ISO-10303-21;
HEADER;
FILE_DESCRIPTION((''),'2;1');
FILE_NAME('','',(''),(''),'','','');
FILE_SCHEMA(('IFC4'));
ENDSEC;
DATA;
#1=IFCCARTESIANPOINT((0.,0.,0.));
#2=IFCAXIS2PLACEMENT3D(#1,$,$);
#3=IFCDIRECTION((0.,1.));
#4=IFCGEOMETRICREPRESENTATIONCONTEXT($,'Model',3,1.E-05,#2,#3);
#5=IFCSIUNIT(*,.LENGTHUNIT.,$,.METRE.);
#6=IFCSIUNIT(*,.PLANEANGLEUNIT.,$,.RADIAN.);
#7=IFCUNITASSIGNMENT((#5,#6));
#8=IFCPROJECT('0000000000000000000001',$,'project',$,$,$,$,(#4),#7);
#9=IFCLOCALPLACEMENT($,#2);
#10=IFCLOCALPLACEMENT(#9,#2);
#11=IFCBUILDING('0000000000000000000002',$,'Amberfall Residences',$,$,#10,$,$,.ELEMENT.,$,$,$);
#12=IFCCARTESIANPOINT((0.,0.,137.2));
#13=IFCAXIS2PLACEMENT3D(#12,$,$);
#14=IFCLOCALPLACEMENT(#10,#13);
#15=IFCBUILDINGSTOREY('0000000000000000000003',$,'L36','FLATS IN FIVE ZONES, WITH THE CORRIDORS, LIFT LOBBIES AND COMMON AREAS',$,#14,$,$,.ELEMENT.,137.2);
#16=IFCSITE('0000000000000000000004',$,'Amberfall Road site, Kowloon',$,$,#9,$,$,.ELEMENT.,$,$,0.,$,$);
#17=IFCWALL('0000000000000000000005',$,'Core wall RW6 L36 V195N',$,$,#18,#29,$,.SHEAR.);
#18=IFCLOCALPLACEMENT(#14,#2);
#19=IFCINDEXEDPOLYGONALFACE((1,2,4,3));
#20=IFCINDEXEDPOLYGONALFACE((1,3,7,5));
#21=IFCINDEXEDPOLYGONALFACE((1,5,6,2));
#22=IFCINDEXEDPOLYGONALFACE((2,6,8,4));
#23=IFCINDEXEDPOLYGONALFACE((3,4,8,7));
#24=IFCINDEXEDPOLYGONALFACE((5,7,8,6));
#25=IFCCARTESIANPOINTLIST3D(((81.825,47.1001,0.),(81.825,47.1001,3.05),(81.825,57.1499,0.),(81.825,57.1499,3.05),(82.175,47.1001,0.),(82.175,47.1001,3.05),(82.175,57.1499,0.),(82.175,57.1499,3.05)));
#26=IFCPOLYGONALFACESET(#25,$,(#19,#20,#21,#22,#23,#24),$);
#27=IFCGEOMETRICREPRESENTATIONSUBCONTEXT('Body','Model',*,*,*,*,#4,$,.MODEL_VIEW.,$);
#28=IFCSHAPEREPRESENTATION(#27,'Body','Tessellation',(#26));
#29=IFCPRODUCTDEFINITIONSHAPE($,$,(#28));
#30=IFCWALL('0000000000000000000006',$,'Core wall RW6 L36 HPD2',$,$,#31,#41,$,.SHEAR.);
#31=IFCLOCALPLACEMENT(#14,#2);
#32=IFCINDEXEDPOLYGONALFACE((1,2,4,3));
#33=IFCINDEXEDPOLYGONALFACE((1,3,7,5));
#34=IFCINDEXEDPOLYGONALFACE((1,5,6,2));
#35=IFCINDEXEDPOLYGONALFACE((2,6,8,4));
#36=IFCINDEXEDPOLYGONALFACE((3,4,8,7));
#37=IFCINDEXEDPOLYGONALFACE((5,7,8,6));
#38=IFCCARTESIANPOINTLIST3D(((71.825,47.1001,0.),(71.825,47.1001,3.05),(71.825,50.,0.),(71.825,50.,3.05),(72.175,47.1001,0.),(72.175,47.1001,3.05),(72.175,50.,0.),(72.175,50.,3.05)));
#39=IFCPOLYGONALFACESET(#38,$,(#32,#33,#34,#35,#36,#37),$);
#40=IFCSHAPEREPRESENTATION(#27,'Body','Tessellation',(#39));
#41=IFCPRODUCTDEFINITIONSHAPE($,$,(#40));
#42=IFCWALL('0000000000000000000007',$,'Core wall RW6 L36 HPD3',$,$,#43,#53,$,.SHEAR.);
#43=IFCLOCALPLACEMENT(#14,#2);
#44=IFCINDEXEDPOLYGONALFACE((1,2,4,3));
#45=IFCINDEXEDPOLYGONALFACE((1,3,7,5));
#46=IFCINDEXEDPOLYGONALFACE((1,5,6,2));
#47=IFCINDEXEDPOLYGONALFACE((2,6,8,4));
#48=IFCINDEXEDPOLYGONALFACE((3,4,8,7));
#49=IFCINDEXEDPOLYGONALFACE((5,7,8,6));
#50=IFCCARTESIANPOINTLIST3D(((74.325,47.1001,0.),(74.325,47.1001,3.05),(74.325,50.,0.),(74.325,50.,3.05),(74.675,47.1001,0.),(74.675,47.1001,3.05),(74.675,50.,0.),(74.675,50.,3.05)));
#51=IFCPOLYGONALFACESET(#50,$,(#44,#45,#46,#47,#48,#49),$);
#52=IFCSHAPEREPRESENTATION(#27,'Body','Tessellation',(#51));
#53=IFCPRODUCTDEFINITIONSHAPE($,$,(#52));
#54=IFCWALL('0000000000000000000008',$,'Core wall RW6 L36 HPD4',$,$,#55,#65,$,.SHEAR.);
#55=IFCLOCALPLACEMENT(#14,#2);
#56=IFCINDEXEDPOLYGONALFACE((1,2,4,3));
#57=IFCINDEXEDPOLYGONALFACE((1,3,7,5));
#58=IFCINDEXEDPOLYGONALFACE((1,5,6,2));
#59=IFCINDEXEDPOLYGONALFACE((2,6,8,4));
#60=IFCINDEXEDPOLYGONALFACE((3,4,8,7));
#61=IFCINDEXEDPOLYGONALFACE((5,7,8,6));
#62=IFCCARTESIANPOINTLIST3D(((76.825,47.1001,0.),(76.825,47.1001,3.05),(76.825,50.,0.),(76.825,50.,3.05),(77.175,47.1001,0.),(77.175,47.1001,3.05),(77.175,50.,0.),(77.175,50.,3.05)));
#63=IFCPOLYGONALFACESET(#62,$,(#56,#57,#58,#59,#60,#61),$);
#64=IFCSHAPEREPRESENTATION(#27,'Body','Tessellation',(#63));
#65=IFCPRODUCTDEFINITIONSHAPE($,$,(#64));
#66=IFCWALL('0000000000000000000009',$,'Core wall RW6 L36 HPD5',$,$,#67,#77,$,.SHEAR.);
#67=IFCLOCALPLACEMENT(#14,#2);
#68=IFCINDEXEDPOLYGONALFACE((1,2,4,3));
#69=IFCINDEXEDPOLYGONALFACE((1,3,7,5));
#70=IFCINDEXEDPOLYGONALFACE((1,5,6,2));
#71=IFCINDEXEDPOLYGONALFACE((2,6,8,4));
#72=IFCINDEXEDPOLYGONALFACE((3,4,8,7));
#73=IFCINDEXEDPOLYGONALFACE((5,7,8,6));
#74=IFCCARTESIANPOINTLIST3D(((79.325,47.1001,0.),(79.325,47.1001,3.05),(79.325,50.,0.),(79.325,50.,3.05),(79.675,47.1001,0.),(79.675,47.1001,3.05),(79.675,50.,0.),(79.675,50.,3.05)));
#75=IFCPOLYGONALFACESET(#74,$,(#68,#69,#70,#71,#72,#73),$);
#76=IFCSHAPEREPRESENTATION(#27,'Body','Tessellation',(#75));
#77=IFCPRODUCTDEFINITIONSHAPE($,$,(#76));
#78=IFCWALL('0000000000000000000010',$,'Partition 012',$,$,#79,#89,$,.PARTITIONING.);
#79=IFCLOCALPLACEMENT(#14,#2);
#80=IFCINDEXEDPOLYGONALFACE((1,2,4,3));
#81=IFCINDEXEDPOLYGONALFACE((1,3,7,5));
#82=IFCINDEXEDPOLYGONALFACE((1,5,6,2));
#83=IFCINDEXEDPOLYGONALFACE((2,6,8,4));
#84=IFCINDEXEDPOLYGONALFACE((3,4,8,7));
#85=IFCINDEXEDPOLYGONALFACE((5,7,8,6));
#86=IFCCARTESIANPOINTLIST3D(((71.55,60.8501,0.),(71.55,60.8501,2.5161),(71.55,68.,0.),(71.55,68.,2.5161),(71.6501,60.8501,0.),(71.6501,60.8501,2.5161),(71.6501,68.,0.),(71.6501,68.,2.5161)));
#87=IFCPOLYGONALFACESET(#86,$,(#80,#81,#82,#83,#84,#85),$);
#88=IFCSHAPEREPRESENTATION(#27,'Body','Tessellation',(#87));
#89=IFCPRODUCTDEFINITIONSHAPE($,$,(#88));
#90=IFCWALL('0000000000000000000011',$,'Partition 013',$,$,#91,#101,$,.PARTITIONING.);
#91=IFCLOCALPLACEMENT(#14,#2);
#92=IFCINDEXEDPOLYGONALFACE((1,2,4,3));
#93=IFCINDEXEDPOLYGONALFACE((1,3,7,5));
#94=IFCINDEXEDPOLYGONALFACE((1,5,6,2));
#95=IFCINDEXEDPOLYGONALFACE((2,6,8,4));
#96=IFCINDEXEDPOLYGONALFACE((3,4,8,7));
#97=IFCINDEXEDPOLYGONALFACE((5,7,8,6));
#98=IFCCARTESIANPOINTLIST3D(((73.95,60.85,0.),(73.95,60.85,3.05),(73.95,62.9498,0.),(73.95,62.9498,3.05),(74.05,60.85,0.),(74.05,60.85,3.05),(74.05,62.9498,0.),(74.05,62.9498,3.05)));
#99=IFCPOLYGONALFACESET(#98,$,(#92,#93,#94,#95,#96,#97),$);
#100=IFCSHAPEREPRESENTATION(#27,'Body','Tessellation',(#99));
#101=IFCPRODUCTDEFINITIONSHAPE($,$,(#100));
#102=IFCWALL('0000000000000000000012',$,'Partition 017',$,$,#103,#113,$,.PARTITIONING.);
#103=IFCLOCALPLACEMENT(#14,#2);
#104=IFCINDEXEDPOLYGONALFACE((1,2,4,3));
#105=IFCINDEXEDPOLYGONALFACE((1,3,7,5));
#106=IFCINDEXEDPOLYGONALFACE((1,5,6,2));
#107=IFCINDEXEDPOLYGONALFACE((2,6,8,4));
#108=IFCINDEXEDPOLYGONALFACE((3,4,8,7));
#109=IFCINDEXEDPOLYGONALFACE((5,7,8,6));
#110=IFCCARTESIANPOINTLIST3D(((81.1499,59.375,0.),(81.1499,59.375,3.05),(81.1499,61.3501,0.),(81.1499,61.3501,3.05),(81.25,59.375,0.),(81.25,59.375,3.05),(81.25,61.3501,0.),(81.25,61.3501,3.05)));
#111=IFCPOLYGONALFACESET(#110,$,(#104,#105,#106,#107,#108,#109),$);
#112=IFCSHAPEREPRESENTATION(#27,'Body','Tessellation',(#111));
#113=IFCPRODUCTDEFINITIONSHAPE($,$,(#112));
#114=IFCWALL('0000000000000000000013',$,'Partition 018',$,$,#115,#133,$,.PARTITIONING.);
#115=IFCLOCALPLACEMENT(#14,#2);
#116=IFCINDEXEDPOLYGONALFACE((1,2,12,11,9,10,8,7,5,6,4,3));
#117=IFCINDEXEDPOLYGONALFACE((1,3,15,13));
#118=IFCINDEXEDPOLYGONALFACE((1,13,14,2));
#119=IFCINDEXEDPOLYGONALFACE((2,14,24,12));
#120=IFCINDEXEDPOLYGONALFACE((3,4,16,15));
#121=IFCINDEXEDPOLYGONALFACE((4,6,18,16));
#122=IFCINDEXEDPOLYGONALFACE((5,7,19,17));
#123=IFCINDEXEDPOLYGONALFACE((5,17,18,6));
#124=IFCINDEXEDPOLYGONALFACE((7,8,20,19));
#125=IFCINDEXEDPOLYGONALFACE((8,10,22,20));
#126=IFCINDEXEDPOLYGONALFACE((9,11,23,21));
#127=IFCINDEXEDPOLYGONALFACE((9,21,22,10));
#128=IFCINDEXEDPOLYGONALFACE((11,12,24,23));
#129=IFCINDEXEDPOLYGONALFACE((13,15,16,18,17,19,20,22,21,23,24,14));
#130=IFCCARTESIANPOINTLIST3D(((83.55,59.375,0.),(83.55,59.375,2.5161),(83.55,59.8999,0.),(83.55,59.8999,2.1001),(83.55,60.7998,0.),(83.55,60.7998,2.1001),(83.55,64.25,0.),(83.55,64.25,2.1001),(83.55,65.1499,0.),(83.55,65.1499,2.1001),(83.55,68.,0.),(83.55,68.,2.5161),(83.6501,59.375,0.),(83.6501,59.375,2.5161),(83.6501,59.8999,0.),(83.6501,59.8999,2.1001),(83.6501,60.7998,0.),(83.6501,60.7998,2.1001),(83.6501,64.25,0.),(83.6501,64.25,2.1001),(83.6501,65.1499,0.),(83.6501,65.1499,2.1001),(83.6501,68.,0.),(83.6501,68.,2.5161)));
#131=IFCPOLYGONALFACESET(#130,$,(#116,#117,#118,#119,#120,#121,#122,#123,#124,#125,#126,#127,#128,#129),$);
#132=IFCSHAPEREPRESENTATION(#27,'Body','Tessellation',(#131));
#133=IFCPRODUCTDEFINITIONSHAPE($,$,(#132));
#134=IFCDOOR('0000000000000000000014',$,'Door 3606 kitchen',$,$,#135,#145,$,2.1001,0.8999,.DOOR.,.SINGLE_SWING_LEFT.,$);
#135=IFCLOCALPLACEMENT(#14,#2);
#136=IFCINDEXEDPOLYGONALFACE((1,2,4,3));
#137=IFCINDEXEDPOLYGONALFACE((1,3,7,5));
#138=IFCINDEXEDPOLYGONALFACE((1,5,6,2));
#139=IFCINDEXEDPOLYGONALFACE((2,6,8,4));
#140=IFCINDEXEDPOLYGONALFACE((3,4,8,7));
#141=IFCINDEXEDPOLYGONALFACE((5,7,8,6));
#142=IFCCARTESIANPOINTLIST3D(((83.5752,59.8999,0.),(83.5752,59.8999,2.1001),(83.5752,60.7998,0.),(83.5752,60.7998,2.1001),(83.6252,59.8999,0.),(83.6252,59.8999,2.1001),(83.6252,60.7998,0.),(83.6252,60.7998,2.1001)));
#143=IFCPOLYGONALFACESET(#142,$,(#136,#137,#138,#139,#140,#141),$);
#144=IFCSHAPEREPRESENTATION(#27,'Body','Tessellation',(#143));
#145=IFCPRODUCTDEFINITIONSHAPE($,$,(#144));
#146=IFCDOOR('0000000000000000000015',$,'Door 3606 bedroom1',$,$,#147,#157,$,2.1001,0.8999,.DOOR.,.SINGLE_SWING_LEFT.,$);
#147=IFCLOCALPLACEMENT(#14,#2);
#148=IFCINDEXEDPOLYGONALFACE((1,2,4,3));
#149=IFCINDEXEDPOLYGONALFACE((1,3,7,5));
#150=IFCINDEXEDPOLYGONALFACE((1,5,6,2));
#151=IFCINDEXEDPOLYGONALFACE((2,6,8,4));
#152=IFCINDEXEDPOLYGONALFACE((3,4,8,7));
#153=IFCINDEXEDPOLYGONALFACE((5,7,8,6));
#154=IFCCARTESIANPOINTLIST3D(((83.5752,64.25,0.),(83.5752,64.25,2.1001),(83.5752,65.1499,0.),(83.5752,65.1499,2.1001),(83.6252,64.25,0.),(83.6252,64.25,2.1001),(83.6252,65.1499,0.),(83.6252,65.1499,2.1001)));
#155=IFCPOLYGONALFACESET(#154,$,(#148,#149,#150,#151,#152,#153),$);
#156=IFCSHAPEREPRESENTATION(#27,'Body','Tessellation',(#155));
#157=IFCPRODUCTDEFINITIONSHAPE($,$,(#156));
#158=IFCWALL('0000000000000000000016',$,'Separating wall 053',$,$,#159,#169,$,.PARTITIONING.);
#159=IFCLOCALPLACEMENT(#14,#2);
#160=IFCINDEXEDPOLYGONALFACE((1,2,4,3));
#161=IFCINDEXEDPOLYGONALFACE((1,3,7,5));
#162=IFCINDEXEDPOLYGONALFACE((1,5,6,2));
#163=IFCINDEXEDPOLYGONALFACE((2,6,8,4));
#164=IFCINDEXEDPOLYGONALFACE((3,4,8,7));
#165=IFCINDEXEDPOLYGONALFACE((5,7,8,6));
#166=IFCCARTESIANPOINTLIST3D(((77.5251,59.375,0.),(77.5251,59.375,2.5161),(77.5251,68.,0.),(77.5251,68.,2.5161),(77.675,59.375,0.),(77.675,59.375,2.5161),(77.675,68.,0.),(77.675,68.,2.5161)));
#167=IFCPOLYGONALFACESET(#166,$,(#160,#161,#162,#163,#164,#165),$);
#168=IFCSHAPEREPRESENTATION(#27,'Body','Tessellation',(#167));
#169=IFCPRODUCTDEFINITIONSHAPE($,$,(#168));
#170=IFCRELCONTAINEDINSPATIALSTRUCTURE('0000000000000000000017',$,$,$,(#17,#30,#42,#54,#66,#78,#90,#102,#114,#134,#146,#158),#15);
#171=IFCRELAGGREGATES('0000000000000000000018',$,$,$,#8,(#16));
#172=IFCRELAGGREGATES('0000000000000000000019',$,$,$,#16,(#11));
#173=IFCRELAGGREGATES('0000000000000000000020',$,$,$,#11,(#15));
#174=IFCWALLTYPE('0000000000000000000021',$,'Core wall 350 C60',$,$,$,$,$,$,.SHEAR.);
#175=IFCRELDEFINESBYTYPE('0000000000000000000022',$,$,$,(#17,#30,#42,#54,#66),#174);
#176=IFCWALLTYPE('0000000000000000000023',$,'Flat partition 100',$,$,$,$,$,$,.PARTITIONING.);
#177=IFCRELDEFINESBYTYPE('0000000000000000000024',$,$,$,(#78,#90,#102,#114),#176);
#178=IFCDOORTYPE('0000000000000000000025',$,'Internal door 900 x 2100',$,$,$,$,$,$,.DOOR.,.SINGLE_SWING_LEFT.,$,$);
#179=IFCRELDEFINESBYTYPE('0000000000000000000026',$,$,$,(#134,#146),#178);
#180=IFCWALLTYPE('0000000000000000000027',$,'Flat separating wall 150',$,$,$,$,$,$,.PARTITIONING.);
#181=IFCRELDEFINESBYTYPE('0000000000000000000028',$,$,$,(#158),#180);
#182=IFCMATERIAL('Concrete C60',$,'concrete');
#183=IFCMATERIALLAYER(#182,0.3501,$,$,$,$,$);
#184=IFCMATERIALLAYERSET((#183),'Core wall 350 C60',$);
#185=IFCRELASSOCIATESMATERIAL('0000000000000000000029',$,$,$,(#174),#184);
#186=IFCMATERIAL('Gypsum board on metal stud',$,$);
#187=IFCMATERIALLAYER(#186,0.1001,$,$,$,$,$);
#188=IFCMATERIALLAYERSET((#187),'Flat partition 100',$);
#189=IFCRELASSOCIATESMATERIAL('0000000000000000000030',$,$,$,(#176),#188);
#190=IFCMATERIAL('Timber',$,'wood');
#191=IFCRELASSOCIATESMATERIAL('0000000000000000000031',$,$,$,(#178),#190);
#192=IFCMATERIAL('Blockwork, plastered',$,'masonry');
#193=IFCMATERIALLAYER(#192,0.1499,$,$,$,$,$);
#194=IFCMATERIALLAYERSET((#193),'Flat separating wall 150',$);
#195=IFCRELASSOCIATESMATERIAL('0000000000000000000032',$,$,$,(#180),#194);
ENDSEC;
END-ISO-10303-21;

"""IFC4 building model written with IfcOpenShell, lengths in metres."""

from ifc_helpers import new_model, si_unit, direction, frame, frame_2d, origin, place, context, subcontext, project, spatial, rectangle, extrude, material, layer, layer_set, type_object, element, fill, save


model = new_model("IFC4")

# Units and contexts
model_context = context("Model", 3, precision=1e-05, world=origin(), true_north=direction((0.0, 1.0)))
body_context = subcontext(model_context, "Body", "Model", "MODEL_VIEW")
ifc_project = project(units=[si_unit("LENGTHUNIT", "METRE"), si_unit("PLANEANGLEUNIT", "RADIAN")], contexts=[model_context])

# Site, building, storey
site_placement = place(None, origin())
site = spatial("IfcSite", under=ifc_project, at=site_placement, Name="Amberfall Road site, Kowloon", CompositionType="ELEMENT", RefElevation=0.0)
building_placement = place(site_placement, origin())
building = spatial("IfcBuilding", under=site, at=building_placement, Name="Amberfall Residences", CompositionType="ELEMENT")
storey_placement = place(building_placement, frame((0.0, 0.0, 137.2)))
storey = spatial("IfcBuildingStorey", under=building, at=storey_placement, Name="L36", Description="FLATS IN FIVE ZONES, WITH THE CORRIDORS, LIFT LOBBIES AND COMMON AREAS", CompositionType="ELEMENT", Elevation=137.2)

# Walls
ifc_material_1 = material(Name="Concrete C60", Category="concrete")
ifc_layer_1 = layer(ifc_material_1, 0.3501)
ifc_layer_set_1 = layer_set([ifc_layer_1], Name="Core wall 350 C60")
wall_type_1 = type_object("IfcWallType", Name="Core wall 350 C60", PredefinedType="SHEAR", material=ifc_layer_set_1)
wall_1_placement = place(storey_placement, frame((82.0, 47.1001, 0.0), z_axis=(0.0, 0.0, 1.0), x_axis=(0.0, 1.0, 0.0)))
element("IfcWall", 1, at=wall_1_placement, inside=storey, type_object=wall_type_1, Name="Core wall RW6 L36 V195N", PredefinedType="SHEAR", context=body_context, shape_type="SweptSolid", body=[
    extrude(rectangle(XDim=10.0498, YDim=0.3501, at=frame_2d((5.0249, 0.0))), origin(), (0.0, 0.0, 1.0), 3.05),
])
for number, where, z_axis, x_axis, name in (
    (2, (72.0, 47.1001, 0.0), (0.0, 0.0, 1.0), (0.0, 1.0, 0.0), "Core wall RW6 L36 HPD2"),
    (3, (74.5, 47.1001, 0.0), (0.0, 0.0, 1.0), (0.0, 1.0, 0.0), "Core wall RW6 L36 HPD3"),
    (4, (77.0, 47.1001, 0.0), (0.0, 0.0, 1.0), (0.0, 1.0, 0.0), "Core wall RW6 L36 HPD4"),
    (5, (79.5, 47.1001, 0.0), (0.0, 0.0, 1.0), (0.0, 1.0, 0.0), "Core wall RW6 L36 HPD5"),
):
    element("IfcWall", number, at=place(storey_placement, frame(where, z_axis=z_axis, x_axis=x_axis)), inside=storey, type_object=wall_type_1, Name=name, PredefinedType="SHEAR", context=body_context, shape_type="SweptSolid", body=[
        extrude(rectangle(XDim=2.8999, YDim=0.3501, at=frame_2d((1.45, 0.0))), origin(), (0.0, 0.0, 1.0), 3.05),
    ])
ifc_material_2 = material(Name="Gypsum board on metal stud")
ifc_layer_2 = layer(ifc_material_2, 0.1001)
ifc_layer_set_2 = layer_set([ifc_layer_2], Name="Flat partition 100")
wall_type_2 = type_object("IfcWallType", Name="Flat partition 100", PredefinedType="PARTITIONING", material=ifc_layer_set_2)
wall_2_placement = place(storey_placement, frame((71.6001, 60.8501, 0.0), z_axis=(0.0, 0.0, 1.0), x_axis=(0.0, 1.0, 0.0)))
element("IfcWall", 6, at=wall_2_placement, inside=storey, type_object=wall_type_2, Name="Partition 012", PredefinedType="PARTITIONING", context=body_context, shape_type="SweptSolid", body=[
    extrude(rectangle(XDim=7.1499, YDim=0.1001, at=frame_2d((3.575, 0.0))), origin(), (0.0, 0.0, 1.0), 2.5161),
])
wall_3_placement = place(storey_placement, frame((74.0, 60.8501, 0.0), z_axis=(0.0, 0.0, 1.0), x_axis=(0.0, 1.0, 0.0)))
element("IfcWall", 7, at=wall_3_placement, inside=storey, type_object=wall_type_2, Name="Partition 013", PredefinedType="PARTITIONING", context=body_context, shape_type="SweptSolid", body=[
    extrude(rectangle(XDim=2.0999, YDim=0.1001, at=frame_2d((1.0498, 0.0))), origin(), (0.0, 0.0, 1.0), 3.05),
])
wall_4_placement = place(storey_placement, frame((81.2, 59.375, 0.0), z_axis=(0.0, 0.0, 1.0), x_axis=(0.0, 1.0, 0.0)))
element("IfcWall", 8, at=wall_4_placement, inside=storey, type_object=wall_type_2, Name="Partition 017", PredefinedType="PARTITIONING", context=body_context, shape_type="SweptSolid", body=[
    extrude(rectangle(XDim=1.9751, YDim=0.1001, at=frame_2d((0.9875, 0.0))), origin(), (0.0, 0.0, 1.0), 3.05),
])

# Wall, openings, doors
wall_5_placement = place(storey_placement, frame((83.6001, 59.375, 0.0), z_axis=(0.0, 0.0, 1.0), x_axis=(0.0, 1.0, 0.0)))
wall_5 = element("IfcWall", 9, at=wall_5_placement, inside=storey, type_object=wall_type_2, Name="Partition 018", PredefinedType="PARTITIONING", context=body_context, shape_type="SweptSolid", body=[
    extrude(rectangle(XDim=8.625, YDim=0.1001, at=frame_2d((4.3125, 0.0))), origin(), (0.0, 0.0, 1.0), 2.5161),
])
opening_1_placement = place(wall_5_placement, frame((0.5249, 0.0, 0.0)))
opening_1 = element("IfcOpeningElement", 10, at=opening_1_placement, cuts=wall_5, PredefinedType="OPENING", context=body_context, shape_type="SweptSolid", body=[
    extrude(rectangle(XDim=0.8999, YDim=2.1001, at=frame_2d((0.45, 1.05))), frame((0.0, 0.0601, 0.0), z_axis=(0.0, -1.0, 0.0), x_axis=(1.0, 0.0, 0.0)), (0.0, 0.0, 1.0), 0.1201),
])
opening_2_placement = place(wall_5_placement, frame((4.875, 0.0, 0.0)))
opening_2 = element("IfcOpeningElement", 11, at=opening_2_placement, cuts=wall_5, PredefinedType="OPENING", context=body_context, shape_type="SweptSolid", body=[
    extrude(rectangle(XDim=0.8999, YDim=2.1001, at=frame_2d((0.45, 1.05))), frame((0.0, 0.0601, 0.0), z_axis=(0.0, -1.0, 0.0), x_axis=(1.0, 0.0, 0.0)), (0.0, 0.0, 1.0), 0.1201),
])
ifc_material_3 = material(Name="Timber", Category="wood")
door_type_1 = type_object("IfcDoorType", Name="Internal door 900 x 2100", OperationType="SINGLE_SWING_LEFT", PredefinedType="DOOR", material=ifc_material_3)
door_1_placement = place(opening_1_placement, origin())
door_1 = element("IfcDoor", 12, at=door_1_placement, inside=storey, type_object=door_type_1, Name="Door 3606 kitchen", OperationType="SINGLE_SWING_LEFT", OverallHeight=2.1001, OverallWidth=0.8999, PredefinedType="DOOR", context=body_context, shape_type="SweptSolid", body=[
    extrude(rectangle(XDim=0.8999, YDim=2.1001, at=frame_2d((0.45, 1.05))), frame((0.0, 0.0249, 0.0), z_axis=(0.0, -1.0, 0.0), x_axis=(1.0, 0.0, 0.0)), (0.0, 0.0, 1.0), 0.05),
])
fill(opening_1, door_1)
door_2_placement = place(opening_2_placement, origin())
door_2 = element("IfcDoor", 13, at=door_2_placement, inside=storey, type_object=door_type_1, Name="Door 3606 bedroom1", OperationType="SINGLE_SWING_LEFT", OverallHeight=2.1001, OverallWidth=0.8999, PredefinedType="DOOR", context=body_context, shape_type="SweptSolid", body=[
    extrude(rectangle(XDim=0.8999, YDim=2.1001, at=frame_2d((0.45, 1.05))), frame((0.0, 0.0249, 0.0), z_axis=(0.0, -1.0, 0.0), x_axis=(1.0, 0.0, 0.0)), (0.0, 0.0, 1.0), 0.05),
])
fill(opening_2, door_2)

# Wall
ifc_material_4 = material(Name="Blockwork, plastered", Category="masonry")
ifc_layer_3 = layer(ifc_material_4, 0.1499)
ifc_layer_set_3 = layer_set([ifc_layer_3], Name="Flat separating wall 150")
wall_type_3 = type_object("IfcWallType", Name="Flat separating wall 150", PredefinedType="PARTITIONING", material=ifc_layer_set_3)
wall_6_placement = place(storey_placement, frame((77.6001, 59.375, 0.0), z_axis=(0.0, 0.0, 1.0), x_axis=(0.0, 1.0, 0.0)))
element("IfcWall", 14, at=wall_6_placement, inside=storey, type_object=wall_type_3, Name="Separating wall 053", PredefinedType="PARTITIONING", context=body_context, shape_type="SweptSolid", body=[
    extrude(rectangle(XDim=8.625, YDim=0.1499, at=frame_2d((4.3125, 0.0))), origin(), (0.0, 0.0, 1.0), 2.5161),
])

save(model, "model.ifc")
